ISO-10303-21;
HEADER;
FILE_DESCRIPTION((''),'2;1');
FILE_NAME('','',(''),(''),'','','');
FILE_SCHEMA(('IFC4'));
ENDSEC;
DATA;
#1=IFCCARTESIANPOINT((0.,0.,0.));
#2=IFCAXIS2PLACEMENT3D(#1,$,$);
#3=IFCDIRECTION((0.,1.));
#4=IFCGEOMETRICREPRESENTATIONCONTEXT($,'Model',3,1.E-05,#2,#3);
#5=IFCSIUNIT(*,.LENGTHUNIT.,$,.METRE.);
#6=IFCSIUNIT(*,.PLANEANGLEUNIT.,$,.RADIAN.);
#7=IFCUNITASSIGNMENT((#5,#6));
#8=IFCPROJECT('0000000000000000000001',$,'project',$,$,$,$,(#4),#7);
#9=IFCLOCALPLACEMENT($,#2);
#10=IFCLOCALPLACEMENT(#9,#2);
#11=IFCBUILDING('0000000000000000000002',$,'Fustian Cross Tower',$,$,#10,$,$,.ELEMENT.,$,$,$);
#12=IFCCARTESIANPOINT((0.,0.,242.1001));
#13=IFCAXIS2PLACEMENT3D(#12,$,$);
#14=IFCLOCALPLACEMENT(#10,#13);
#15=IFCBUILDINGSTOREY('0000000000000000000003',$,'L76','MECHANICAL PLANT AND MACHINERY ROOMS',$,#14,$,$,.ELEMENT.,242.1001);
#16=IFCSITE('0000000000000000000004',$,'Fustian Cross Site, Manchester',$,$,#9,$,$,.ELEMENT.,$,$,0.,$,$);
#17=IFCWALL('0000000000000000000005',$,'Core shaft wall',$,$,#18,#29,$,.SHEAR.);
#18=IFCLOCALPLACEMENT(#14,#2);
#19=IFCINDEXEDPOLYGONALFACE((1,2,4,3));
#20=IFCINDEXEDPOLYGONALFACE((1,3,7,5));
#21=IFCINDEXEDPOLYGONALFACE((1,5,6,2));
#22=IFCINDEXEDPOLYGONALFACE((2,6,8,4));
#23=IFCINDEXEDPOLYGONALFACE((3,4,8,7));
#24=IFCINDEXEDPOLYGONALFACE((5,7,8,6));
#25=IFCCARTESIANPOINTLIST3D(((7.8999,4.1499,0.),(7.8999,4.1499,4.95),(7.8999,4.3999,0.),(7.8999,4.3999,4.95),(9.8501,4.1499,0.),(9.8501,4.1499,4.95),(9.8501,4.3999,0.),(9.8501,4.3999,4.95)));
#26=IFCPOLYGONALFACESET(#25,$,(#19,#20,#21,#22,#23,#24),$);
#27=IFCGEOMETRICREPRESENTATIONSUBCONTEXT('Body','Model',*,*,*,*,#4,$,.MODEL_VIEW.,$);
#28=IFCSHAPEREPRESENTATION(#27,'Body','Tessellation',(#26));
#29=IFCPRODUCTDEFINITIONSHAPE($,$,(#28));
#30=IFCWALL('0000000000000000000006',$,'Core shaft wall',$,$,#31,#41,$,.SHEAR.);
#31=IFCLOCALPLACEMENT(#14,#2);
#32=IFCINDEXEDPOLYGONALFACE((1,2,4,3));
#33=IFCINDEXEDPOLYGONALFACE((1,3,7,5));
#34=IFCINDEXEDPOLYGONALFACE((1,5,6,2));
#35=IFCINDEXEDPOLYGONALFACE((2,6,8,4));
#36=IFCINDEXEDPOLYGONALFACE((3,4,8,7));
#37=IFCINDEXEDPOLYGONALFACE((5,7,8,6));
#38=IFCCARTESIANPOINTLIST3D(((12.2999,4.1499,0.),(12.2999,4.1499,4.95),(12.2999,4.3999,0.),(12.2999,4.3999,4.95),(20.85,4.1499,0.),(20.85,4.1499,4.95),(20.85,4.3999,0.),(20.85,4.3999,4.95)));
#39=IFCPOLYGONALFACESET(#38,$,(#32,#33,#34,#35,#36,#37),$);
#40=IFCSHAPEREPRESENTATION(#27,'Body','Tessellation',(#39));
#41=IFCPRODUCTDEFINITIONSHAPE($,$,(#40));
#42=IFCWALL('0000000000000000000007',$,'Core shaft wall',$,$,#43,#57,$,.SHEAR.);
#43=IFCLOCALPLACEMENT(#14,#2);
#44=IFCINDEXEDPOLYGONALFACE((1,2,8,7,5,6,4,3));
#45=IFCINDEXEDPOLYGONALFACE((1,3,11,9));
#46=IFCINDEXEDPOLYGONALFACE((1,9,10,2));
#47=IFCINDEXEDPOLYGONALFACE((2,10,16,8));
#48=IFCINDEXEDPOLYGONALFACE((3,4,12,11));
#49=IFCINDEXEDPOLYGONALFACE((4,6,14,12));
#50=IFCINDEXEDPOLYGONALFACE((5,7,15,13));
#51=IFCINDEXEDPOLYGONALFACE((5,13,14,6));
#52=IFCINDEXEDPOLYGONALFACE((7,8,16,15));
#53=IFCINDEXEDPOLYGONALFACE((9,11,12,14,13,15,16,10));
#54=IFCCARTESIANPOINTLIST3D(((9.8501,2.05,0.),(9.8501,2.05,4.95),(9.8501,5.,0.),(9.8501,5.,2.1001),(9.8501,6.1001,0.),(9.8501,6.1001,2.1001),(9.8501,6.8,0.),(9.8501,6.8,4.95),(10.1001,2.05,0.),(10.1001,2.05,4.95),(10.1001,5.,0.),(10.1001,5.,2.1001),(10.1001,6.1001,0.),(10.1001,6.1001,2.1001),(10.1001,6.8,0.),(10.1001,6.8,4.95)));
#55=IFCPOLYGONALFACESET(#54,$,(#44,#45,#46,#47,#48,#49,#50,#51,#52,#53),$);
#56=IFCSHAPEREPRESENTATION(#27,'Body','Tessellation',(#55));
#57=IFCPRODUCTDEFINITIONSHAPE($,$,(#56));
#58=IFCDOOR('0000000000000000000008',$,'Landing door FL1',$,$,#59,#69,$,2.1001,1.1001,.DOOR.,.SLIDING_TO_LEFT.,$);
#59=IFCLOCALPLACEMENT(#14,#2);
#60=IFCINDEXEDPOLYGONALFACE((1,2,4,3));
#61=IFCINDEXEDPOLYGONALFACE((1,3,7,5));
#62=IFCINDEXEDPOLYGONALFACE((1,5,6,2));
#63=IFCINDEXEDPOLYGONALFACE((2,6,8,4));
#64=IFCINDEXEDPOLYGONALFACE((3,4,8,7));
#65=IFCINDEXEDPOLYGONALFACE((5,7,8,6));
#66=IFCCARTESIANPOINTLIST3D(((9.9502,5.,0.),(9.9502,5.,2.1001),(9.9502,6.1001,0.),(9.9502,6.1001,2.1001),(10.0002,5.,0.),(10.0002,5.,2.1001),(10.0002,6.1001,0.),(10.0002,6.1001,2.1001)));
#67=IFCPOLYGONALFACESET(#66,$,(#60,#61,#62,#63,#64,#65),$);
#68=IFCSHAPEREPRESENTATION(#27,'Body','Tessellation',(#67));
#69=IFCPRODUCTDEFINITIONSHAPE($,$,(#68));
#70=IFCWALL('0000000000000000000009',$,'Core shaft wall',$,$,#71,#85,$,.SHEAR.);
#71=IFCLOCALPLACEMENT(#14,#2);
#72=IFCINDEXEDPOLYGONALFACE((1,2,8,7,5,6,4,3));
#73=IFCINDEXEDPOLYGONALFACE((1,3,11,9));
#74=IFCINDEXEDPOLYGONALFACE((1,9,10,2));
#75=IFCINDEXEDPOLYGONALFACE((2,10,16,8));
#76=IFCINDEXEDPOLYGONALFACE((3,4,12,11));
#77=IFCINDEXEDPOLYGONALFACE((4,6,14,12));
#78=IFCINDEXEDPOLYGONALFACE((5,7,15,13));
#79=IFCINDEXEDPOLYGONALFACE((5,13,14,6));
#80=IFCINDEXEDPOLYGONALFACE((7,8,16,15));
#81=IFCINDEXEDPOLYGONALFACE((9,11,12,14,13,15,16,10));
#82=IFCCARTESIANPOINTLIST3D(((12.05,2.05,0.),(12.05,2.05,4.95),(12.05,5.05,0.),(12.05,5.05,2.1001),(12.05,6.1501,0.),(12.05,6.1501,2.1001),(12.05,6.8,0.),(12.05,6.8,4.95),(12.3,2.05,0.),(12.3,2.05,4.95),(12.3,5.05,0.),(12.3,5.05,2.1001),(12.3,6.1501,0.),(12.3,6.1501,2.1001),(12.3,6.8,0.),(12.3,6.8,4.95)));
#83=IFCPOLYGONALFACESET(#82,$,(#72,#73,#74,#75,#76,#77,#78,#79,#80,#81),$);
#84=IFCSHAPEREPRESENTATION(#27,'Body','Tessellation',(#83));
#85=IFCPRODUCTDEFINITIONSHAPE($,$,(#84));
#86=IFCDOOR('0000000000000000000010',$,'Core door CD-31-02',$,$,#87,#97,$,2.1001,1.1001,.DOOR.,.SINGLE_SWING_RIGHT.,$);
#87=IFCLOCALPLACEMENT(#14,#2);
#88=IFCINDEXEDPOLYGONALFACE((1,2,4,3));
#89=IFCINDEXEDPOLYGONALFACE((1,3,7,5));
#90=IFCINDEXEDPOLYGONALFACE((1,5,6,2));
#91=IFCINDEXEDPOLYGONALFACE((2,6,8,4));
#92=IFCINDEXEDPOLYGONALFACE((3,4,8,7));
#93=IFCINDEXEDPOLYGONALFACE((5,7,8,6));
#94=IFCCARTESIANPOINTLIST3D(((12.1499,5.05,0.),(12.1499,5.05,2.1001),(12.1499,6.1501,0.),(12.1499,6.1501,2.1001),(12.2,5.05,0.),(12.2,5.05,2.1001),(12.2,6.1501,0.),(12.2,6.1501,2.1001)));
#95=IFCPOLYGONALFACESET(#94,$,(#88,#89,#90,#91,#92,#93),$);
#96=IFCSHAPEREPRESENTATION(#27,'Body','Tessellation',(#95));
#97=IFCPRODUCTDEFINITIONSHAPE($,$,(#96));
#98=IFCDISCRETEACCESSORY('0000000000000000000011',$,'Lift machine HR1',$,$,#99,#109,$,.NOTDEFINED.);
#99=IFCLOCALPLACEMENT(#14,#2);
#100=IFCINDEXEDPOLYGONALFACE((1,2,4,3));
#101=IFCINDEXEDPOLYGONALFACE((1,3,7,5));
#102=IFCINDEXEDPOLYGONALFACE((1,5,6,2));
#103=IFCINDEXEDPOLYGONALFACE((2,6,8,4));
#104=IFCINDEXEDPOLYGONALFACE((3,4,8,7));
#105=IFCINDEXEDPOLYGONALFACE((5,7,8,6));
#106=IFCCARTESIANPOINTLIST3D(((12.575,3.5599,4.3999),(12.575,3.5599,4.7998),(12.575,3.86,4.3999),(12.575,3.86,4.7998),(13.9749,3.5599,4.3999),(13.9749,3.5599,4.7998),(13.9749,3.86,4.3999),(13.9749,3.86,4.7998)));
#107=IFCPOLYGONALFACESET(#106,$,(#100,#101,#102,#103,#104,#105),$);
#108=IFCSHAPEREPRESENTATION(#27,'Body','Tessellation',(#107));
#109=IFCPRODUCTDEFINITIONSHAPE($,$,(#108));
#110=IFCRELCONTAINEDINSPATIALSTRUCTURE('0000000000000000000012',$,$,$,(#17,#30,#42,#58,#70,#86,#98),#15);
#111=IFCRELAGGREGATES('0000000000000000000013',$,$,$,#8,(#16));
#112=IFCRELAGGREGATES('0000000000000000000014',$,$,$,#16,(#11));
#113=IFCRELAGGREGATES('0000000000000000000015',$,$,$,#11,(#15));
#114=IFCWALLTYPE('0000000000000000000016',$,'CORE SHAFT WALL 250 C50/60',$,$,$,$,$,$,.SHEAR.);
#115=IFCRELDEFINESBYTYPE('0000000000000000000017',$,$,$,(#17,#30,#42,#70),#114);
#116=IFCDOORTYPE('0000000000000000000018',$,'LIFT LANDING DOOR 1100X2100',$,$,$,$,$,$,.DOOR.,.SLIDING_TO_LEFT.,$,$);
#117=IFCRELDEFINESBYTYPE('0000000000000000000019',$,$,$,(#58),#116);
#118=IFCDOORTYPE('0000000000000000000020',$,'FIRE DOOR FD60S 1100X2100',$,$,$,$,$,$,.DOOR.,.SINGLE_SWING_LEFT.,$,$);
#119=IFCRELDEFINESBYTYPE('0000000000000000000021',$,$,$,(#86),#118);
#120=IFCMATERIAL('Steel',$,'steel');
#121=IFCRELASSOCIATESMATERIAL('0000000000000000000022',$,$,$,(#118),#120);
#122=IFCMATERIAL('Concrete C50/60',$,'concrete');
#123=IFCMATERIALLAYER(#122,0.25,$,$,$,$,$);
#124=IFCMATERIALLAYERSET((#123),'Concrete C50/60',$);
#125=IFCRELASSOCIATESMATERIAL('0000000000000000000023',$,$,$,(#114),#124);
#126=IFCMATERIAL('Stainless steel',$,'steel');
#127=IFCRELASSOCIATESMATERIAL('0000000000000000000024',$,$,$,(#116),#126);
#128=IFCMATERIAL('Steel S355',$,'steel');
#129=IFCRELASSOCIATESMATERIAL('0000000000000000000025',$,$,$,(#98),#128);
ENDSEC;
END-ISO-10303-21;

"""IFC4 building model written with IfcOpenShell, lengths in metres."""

from ifc_helpers import new_model, si_unit, direction, frame, frame_2d, origin, origin_2d, place, context, subcontext, project, spatial, rectangle, extrude, material, layer, layer_set, type_object, element, fill, save


model = new_model("IFC4")

# Units and contexts
model_context = context("Model", 3, precision=1e-05, world=origin(), true_north=direction((0.0, 1.0)))
body_context = subcontext(model_context, "Body", "Model", "MODEL_VIEW")
ifc_project = project(units=[si_unit("LENGTHUNIT", "METRE"), si_unit("PLANEANGLEUNIT", "RADIAN")], contexts=[model_context])

# Site, building, storey
site_placement = place(None, origin())
site = spatial("IfcSite", under=ifc_project, at=site_placement, Name="Fustian Cross Site, Manchester", CompositionType="ELEMENT", RefElevation=0.0)
building_placement = place(site_placement, origin())
building = spatial("IfcBuilding", under=site, at=building_placement, Name="Fustian Cross Tower", CompositionType="ELEMENT")
storey_placement = place(building_placement, frame((0.0, 0.0, 242.1001)))
storey = spatial("IfcBuildingStorey", under=building, at=storey_placement, Name="L76", Description="MECHANICAL PLANT AND MACHINERY ROOMS", CompositionType="ELEMENT", Elevation=242.1001)

# Shared definitions
ifc_material_1 = material(Name="Steel", Category="steel")
door_type_1 = type_object("IfcDoorType", Name="FIRE DOOR FD60S 1100X2100", OperationType="SINGLE_SWING_LEFT", PredefinedType="DOOR", material=ifc_material_1)

# Walls
ifc_material_2 = material(Name="Concrete C50/60", Category="concrete")
ifc_layer_1 = layer(ifc_material_2, 0.25)
ifc_layer_set_1 = layer_set([ifc_layer_1], Name="Concrete C50/60")
wall_type_1 = type_object("IfcWallType", Name="CORE SHAFT WALL 250 C50/60", PredefinedType="SHEAR", material=ifc_layer_set_1)
wall_1_placement = place(storey_placement, frame((7.8999, 4.2749, 0.0), z_axis=(0.0, 0.0, 1.0), x_axis=(1.0, 0.0, 0.0)))
element("IfcWall", 1, at=wall_1_placement, inside=storey, type_object=wall_type_1, Name="Core shaft wall", PredefinedType="SHEAR", context=body_context, shape_type="SweptSolid", body=[
    extrude(rectangle(XDim=1.9502, YDim=0.25, at=frame_2d((0.9751, 0.0))), origin(), (0.0, 0.0, 1.0), 4.95),
])
wall_2_placement = place(storey_placement, frame((12.3, 4.2749, 0.0), z_axis=(0.0, 0.0, 1.0), x_axis=(1.0, 0.0, 0.0)))
element("IfcWall", 2, at=wall_2_placement, inside=storey, type_object=wall_type_1, Name="Core shaft wall", PredefinedType="SHEAR", context=body_context, shape_type="SweptSolid", body=[
    extrude(rectangle(XDim=8.55, YDim=0.25, at=frame_2d((4.2749, 0.0))), origin(), (0.0, 0.0, 1.0), 4.95),
])

# Walls, openings, doors
wall_3_placement = place(storey_placement, frame((9.9751, 2.05, 0.0), z_axis=(0.0, 0.0, 1.0), x_axis=(0.0, 1.0, 0.0)))
wall_3 = element("IfcWall", 3, at=wall_3_placement, inside=storey, type_object=wall_type_1, Name="Core shaft wall", PredefinedType="SHEAR", context=body_context, shape_type="SweptSolid", body=[
    extrude(rectangle(XDim=4.75, YDim=0.25, at=frame_2d((2.375, 0.0))), origin(), (0.0, 0.0, 1.0), 4.95),
])
opening_1_placement = place(wall_3_placement, frame((2.95, 0.0, 0.0)))
opening_1 = element("IfcOpeningElement", 4, at=opening_1_placement, cuts=wall_3, PredefinedType="OPENING", context=body_context, shape_type="SweptSolid", body=[
    extrude(rectangle(XDim=1.1001, YDim=2.1001, at=frame_2d((0.55, 1.05))), frame((0.0, 0.135, 0.0), z_axis=(0.0, -1.0, 0.0), x_axis=(1.0, 0.0, 0.0)), (0.0, 0.0, 1.0), 0.27),
])
ifc_material_3 = material(Name="Stainless steel", Category="steel")
door_type_2 = type_object("IfcDoorType", Name="LIFT LANDING DOOR 1100X2100", OperationType="SLIDING_TO_LEFT", PredefinedType="DOOR", material=ifc_material_3)
door_1_placement = place(opening_1_placement, origin())
door_1 = element("IfcDoor", 5, at=door_1_placement, inside=storey, type_object=door_type_2, Name="Landing door FL1", OperationType="SLIDING_TO_LEFT", OverallHeight=2.1001, OverallWidth=1.1001, PredefinedType="DOOR", context=body_context, shape_type="SweptSolid", body=[
    extrude(rectangle(XDim=1.1001, YDim=2.1001, at=frame_2d((0.55, 1.05))), frame((0.0, 0.0249, 0.0), z_axis=(0.0, -1.0, 0.0), x_axis=(1.0, 0.0, 0.0)), (0.0, 0.0, 1.0), 0.05),
])
fill(opening_1, door_1)
wall_4_placement = place(storey_placement, frame((12.175, 2.05, 0.0), z_axis=(0.0, 0.0, 1.0), x_axis=(0.0, 1.0, 0.0)))
wall_4 = element("IfcWall", 6, at=wall_4_placement, inside=storey, type_object=wall_type_1, Name="Core shaft wall", PredefinedType="SHEAR", context=body_context, shape_type="SweptSolid", body=[
    extrude(rectangle(XDim=4.75, YDim=0.25, at=frame_2d((2.375, 0.0))), origin(), (0.0, 0.0, 1.0), 4.95),
])
opening_2_placement = place(wall_4_placement, frame((3.0, 0.0, 0.0)))
opening_2 = element("IfcOpeningElement", 7, at=opening_2_placement, cuts=wall_4, PredefinedType="OPENING", context=body_context, shape_type="SweptSolid", body=[
    extrude(rectangle(XDim=1.1001, YDim=2.1001, at=frame_2d((0.55, 1.05))), frame((0.0, 0.135, 0.0), z_axis=(0.0, -1.0, 0.0), x_axis=(1.0, 0.0, 0.0)), (0.0, 0.0, 1.0), 0.27),
])
door_2_placement = place(opening_2_placement, frame((1.1001, 0.0, 0.0), z_axis=(0.0, 0.0, 1.0), x_axis=(-1.0, 0.0, 0.0)))
door_2 = element("IfcDoor", 8, at=door_2_placement, inside=storey, type_object=door_type_1, Name="Core door CD-31-02", OperationType="SINGLE_SWING_RIGHT", OverallHeight=2.1001, OverallWidth=1.1001, PredefinedType="DOOR", context=body_context, shape_type="SweptSolid", body=[
    extrude(rectangle(XDim=1.1001, YDim=2.1001, at=frame_2d((0.55, 1.05))), frame((0.0, 0.0249, 0.0), z_axis=(0.0, -1.0, 0.0), x_axis=(1.0, 0.0, 0.0)), (0.0, 0.0, 1.0), 0.05),
])
fill(opening_2, door_2)

# Discrete accessory
ifc_material_4 = material(Name="Steel S355", Category="steel")
discrete_accessory_placement = place(storey_placement, frame((13.2749, 3.71, 4.3999), z_axis=(0.0, 0.0, 1.0), x_axis=(1.0, 0.0, 0.0)))
element("IfcDiscreteAccessory", 9, at=discrete_accessory_placement, inside=storey, material=ifc_material_4, Name="Lift machine HR1", PredefinedType="NOTDEFINED", context=body_context, shape_type="SweptSolid", body=[
    extrude(rectangle(XDim=1.3999, YDim=0.3, at=origin_2d()), origin(), (0.0, 0.0, 1.0), 0.3999),
])

save(model, "model.ifc")
